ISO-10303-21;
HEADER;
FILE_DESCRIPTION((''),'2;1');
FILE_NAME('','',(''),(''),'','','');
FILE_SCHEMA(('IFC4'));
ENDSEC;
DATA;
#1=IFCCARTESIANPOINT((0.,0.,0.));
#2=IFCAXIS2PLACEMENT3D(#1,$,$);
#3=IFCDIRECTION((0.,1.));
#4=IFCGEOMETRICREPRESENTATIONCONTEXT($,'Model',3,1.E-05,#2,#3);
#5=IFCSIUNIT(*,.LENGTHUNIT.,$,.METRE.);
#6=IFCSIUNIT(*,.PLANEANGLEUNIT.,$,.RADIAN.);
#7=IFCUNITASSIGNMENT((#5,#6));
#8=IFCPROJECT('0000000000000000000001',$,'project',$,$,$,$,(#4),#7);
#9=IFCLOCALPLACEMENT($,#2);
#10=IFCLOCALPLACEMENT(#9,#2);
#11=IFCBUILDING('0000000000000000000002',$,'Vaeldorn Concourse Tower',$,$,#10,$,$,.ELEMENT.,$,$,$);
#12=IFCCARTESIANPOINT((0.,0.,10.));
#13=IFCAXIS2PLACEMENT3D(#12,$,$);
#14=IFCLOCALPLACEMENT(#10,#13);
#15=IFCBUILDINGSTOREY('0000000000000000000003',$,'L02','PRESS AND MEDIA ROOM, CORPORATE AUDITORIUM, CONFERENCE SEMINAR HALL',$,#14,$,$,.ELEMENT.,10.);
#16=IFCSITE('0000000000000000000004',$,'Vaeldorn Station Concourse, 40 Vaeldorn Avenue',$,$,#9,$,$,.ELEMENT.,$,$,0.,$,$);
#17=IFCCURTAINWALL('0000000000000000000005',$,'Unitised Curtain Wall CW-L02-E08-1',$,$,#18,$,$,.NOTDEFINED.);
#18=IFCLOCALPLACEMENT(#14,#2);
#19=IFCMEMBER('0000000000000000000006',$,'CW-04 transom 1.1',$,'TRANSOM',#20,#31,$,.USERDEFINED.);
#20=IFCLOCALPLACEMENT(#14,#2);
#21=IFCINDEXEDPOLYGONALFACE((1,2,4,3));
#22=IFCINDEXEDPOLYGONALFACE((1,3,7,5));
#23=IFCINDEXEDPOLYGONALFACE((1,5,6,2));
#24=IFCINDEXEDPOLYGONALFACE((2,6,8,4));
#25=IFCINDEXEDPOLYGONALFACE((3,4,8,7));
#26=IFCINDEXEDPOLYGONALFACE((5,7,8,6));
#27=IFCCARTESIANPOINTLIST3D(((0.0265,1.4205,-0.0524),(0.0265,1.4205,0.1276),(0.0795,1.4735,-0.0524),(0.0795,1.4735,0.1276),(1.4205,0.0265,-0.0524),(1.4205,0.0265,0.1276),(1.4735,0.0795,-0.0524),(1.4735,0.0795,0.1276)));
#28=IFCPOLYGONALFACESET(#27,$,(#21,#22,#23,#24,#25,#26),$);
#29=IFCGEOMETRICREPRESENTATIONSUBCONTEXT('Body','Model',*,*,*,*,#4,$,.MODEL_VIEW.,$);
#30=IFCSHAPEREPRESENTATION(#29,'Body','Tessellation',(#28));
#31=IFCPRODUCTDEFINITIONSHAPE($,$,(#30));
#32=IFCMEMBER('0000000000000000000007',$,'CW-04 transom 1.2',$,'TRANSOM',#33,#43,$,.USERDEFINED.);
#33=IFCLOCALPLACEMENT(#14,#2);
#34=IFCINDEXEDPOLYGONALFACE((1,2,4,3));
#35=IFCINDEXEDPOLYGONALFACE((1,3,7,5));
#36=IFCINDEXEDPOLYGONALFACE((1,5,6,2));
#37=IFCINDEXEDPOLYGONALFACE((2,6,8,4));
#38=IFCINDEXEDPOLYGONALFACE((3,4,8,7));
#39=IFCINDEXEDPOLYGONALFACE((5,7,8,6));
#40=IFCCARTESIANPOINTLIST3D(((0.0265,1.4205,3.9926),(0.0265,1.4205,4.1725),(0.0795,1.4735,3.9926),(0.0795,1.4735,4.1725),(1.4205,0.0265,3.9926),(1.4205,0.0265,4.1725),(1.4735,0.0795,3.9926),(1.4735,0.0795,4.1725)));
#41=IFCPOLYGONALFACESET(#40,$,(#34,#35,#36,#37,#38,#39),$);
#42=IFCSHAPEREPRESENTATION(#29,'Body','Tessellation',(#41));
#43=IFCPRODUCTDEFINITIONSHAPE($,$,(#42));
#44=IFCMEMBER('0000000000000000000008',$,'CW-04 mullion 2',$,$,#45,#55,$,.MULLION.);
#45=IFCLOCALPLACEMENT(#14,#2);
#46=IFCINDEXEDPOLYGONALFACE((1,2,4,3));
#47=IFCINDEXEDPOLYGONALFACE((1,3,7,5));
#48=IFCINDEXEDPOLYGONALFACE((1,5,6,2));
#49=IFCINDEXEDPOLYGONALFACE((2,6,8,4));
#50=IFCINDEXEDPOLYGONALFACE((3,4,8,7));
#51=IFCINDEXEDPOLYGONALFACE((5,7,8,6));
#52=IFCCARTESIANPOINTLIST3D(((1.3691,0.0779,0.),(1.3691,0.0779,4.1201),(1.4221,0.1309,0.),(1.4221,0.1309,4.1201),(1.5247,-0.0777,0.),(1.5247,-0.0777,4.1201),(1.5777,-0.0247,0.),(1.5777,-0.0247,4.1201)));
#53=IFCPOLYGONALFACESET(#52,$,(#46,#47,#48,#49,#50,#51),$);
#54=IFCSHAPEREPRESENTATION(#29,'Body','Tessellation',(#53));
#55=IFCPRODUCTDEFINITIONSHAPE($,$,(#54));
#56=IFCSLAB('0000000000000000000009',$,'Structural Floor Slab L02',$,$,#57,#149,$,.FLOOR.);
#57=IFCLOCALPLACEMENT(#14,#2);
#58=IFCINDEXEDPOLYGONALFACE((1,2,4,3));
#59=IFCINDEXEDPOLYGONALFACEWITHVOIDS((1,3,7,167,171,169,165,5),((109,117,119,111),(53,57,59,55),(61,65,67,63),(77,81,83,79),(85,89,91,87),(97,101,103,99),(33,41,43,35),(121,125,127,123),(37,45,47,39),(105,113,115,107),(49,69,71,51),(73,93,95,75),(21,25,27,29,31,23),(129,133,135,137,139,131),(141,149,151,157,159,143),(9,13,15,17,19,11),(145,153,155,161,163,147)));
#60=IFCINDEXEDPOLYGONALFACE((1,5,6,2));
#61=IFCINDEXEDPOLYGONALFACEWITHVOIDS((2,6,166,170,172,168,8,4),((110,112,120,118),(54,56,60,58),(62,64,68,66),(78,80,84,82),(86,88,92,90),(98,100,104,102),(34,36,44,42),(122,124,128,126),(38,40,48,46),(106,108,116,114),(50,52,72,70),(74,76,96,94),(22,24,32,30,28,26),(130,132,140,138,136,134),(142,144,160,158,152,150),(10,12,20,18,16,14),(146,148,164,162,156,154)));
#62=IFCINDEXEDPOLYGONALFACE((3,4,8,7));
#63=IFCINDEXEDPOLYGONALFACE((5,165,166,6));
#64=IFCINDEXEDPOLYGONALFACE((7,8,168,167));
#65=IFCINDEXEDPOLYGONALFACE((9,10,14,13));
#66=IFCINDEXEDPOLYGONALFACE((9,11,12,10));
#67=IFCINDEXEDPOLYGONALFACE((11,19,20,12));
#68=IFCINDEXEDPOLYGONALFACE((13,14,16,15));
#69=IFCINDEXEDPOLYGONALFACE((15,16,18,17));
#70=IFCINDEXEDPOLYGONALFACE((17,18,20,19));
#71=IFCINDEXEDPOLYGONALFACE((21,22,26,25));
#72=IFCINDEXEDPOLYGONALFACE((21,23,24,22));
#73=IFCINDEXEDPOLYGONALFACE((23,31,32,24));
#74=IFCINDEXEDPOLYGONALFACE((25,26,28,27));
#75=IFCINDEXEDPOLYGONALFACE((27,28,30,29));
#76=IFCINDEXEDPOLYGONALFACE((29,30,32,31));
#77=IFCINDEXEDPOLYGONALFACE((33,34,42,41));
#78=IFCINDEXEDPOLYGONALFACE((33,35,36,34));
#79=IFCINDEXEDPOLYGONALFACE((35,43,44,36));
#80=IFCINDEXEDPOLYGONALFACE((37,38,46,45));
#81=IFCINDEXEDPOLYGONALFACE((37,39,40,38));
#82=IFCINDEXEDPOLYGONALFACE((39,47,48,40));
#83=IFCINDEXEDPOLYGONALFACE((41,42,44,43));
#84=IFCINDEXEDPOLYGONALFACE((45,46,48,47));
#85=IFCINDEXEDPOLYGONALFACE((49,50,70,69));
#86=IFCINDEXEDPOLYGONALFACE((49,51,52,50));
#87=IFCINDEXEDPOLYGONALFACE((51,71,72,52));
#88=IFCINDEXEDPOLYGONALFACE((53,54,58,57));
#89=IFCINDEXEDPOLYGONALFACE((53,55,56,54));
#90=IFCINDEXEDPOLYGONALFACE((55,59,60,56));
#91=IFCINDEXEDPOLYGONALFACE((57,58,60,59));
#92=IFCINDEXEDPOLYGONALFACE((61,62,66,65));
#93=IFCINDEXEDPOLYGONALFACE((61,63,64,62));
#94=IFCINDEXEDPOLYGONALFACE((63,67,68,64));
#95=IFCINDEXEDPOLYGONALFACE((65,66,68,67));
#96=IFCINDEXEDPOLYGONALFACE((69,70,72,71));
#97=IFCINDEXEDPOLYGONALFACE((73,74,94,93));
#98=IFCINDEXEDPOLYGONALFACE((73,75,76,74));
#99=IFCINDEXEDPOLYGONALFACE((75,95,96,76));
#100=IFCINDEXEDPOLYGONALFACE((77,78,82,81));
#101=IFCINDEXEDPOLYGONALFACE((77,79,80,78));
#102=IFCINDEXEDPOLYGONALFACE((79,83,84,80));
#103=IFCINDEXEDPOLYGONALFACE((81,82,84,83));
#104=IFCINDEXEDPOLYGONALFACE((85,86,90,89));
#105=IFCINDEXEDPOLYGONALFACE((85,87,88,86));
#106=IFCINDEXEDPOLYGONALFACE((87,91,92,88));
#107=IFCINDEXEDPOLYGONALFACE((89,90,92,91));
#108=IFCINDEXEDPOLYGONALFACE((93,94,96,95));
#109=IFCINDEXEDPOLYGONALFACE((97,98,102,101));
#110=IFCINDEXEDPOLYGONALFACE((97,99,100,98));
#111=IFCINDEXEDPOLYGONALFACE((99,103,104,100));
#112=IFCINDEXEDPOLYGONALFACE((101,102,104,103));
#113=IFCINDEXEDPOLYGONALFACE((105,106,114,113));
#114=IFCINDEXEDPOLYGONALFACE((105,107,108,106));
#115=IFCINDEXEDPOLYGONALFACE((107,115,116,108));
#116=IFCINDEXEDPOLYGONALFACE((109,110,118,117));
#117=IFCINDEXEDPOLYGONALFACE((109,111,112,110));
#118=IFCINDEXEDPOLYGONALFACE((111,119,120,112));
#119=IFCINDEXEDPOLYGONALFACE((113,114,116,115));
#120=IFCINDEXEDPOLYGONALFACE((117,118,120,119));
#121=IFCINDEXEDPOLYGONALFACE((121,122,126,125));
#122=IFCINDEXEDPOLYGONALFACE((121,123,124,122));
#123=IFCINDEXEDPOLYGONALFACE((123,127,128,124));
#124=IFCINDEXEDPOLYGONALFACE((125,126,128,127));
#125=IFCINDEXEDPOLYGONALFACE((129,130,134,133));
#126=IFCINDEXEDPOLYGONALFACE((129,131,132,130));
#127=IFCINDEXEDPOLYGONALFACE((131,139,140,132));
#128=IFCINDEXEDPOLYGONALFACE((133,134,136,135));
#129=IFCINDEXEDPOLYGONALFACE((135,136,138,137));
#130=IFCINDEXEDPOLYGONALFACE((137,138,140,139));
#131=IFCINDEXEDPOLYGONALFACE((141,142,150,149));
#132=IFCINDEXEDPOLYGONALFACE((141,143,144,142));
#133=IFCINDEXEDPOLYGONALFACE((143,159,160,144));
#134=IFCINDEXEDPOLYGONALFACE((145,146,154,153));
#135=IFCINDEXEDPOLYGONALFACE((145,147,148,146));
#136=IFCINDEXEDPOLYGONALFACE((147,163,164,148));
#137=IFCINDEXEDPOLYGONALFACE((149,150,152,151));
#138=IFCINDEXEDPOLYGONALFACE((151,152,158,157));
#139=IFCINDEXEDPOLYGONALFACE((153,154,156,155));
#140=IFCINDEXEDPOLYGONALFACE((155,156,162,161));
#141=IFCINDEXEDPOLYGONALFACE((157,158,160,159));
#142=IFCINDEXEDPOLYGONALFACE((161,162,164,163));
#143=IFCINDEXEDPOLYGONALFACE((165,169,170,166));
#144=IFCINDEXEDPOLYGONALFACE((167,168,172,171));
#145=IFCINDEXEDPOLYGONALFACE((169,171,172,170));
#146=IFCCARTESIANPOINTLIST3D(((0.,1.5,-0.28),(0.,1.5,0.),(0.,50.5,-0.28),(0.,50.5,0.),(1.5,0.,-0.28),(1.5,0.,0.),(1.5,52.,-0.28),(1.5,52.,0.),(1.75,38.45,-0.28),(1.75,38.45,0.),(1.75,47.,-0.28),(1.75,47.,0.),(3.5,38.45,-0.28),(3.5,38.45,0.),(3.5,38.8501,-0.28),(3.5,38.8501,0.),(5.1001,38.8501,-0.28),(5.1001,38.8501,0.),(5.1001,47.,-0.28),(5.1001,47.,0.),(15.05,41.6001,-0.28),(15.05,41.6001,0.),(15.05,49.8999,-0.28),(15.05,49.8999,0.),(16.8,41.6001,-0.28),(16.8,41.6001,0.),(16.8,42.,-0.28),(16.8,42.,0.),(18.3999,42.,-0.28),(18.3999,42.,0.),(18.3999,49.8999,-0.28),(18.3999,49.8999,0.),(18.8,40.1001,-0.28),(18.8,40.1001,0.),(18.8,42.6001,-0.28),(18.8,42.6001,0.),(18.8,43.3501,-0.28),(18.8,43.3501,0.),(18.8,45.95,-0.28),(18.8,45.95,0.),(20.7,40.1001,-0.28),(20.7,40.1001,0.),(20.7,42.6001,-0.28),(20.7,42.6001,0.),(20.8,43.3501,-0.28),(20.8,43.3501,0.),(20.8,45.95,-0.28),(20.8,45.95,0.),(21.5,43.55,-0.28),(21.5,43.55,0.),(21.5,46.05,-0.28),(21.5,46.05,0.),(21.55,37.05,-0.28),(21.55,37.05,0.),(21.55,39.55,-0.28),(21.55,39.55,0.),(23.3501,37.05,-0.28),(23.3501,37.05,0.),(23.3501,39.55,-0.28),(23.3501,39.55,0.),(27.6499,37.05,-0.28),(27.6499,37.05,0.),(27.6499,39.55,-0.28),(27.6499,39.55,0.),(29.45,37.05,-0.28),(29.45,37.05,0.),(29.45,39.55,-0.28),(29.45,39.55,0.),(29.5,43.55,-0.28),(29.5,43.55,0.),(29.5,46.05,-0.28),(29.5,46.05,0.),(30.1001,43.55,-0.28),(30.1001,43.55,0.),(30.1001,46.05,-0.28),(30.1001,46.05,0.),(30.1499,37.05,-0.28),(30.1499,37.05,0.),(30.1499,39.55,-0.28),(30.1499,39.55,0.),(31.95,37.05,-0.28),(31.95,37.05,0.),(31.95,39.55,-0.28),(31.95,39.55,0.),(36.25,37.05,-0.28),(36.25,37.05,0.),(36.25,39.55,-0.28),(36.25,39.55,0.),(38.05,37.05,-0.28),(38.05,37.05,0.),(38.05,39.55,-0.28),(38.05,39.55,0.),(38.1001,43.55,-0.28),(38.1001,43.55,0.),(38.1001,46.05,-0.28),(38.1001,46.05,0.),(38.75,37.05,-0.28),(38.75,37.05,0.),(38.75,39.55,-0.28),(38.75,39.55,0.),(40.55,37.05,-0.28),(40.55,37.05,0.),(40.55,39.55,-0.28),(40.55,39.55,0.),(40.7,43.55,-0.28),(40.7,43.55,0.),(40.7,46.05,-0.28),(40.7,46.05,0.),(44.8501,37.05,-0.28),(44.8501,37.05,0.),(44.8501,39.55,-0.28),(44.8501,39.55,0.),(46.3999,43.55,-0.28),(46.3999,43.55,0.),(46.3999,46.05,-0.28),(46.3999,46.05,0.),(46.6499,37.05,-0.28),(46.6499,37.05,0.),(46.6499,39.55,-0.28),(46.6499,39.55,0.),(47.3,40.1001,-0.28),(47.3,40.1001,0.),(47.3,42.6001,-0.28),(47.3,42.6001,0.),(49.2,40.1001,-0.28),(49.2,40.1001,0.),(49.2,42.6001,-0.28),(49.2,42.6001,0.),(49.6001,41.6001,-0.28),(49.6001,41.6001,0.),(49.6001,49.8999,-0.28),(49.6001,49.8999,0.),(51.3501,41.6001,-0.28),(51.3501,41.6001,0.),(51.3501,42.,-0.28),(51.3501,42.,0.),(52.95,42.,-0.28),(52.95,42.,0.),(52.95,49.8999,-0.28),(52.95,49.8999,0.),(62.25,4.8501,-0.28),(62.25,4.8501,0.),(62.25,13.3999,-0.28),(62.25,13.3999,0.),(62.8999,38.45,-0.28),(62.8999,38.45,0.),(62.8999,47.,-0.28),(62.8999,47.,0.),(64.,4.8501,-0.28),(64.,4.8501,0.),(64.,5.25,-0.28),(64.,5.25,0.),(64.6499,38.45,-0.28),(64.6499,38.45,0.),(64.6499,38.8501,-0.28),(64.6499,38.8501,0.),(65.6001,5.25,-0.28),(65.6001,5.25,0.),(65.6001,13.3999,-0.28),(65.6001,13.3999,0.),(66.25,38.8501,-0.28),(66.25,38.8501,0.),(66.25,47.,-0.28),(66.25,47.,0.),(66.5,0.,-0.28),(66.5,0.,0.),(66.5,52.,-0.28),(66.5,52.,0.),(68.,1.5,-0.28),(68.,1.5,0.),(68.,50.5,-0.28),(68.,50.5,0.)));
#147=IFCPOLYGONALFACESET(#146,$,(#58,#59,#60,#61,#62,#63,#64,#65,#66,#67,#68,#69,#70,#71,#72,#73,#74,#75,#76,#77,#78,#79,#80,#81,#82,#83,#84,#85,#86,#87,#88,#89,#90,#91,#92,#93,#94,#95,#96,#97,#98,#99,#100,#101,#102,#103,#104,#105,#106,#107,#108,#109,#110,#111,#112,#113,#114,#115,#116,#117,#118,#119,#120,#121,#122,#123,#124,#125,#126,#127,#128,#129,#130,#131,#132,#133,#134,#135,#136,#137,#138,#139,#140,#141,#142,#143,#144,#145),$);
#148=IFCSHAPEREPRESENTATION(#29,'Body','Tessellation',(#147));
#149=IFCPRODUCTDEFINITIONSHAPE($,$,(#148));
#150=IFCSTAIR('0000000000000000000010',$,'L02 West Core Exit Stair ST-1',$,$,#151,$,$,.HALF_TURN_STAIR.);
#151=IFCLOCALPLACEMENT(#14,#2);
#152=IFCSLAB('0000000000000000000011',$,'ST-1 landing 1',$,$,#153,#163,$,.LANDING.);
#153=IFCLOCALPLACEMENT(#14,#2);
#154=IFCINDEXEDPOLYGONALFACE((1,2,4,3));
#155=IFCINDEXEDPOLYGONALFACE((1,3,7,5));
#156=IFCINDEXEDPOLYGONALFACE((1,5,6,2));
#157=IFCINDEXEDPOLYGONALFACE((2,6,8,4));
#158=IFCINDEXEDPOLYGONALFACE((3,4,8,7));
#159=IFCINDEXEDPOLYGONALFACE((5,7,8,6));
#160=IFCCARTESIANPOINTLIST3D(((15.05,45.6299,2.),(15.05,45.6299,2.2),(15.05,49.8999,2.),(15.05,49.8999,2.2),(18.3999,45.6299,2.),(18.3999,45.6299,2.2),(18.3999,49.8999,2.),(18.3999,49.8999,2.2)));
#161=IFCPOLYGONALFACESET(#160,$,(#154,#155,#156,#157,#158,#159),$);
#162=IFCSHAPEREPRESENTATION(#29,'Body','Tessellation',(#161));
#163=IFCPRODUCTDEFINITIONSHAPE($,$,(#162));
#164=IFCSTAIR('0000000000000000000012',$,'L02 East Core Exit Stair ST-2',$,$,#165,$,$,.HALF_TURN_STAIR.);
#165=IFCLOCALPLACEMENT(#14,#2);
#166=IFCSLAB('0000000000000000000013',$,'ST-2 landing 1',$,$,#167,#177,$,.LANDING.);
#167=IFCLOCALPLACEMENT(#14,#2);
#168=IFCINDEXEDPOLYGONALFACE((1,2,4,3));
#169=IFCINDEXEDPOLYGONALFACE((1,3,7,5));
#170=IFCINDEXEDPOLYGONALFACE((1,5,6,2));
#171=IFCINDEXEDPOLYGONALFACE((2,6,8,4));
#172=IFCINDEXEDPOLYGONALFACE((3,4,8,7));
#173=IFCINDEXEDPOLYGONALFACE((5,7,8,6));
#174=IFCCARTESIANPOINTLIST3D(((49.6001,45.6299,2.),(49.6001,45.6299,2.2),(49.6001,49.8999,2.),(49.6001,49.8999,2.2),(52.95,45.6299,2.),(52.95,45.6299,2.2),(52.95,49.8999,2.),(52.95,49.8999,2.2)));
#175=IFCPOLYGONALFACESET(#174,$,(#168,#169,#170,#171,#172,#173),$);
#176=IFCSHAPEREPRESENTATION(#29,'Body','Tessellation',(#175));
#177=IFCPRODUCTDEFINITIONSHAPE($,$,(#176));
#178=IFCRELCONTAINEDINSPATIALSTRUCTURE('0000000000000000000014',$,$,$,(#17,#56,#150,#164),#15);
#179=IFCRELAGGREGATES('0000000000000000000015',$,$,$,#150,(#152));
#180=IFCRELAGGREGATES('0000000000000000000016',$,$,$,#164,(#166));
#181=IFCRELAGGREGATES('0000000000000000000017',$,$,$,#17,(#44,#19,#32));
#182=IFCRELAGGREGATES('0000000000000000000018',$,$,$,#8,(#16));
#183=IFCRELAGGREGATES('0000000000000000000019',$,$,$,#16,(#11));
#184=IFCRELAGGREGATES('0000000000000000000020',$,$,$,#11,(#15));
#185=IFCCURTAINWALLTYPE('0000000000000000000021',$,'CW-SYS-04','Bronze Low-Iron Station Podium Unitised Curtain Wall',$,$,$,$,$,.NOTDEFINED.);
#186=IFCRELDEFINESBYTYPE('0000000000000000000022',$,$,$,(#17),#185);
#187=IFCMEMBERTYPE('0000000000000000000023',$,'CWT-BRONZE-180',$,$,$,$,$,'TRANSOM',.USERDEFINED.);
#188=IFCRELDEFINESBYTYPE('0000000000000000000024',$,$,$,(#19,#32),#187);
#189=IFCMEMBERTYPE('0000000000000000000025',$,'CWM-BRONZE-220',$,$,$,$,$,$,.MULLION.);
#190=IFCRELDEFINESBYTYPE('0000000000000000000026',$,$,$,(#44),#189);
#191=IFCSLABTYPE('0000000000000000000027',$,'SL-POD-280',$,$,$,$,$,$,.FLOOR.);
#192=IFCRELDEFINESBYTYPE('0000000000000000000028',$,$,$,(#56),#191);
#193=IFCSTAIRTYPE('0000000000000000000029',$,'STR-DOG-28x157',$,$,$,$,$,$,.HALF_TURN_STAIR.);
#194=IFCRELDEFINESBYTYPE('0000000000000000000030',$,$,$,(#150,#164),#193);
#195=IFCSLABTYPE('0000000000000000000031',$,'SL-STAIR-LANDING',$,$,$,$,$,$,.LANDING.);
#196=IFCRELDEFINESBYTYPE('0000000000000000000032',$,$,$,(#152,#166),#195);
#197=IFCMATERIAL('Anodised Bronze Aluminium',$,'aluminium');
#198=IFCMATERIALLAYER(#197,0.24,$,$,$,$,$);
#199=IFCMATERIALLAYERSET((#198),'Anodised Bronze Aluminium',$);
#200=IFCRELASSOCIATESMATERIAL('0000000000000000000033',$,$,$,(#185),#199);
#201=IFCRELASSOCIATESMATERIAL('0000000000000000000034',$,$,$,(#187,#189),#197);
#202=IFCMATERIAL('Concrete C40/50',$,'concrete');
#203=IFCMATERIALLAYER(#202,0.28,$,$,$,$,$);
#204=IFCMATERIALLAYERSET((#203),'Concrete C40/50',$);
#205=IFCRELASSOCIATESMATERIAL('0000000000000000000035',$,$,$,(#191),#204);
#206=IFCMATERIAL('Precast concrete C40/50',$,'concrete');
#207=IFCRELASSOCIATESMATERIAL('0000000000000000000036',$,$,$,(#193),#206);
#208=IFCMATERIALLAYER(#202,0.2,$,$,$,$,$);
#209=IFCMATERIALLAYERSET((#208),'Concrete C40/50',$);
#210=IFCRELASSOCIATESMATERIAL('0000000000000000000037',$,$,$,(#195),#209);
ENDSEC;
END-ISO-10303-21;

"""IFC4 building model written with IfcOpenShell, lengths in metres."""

from ifc_helpers import new_model, si_unit, direction, frame, origin, origin_2d, place, context, subcontext, project, spatial, polyline, rectangle, outline, extrude, source, transform, mapped, material, layer, layer_set, material_profile, profile_set, type_object, element, aggregate, save


model = new_model("IFC4")

# Units and contexts
model_context = context("Model", 3, precision=1e-05, world=origin(), true_north=direction((0.0, 1.0)))
body_context = subcontext(model_context, "Body", "Model", "MODEL_VIEW")
ifc_project = project(units=[si_unit("LENGTHUNIT", "METRE"), si_unit("PLANEANGLEUNIT", "RADIAN")], contexts=[model_context])

# Site, building, storey
site_placement = place(None, origin())
site = spatial("IfcSite", under=ifc_project, at=site_placement, Name="Vaeldorn Station Concourse, 40 Vaeldorn Avenue", CompositionType="ELEMENT", RefElevation=0.0)
building_placement = place(site_placement, origin())
building = spatial("IfcBuilding", under=site, at=building_placement, Name="Vaeldorn Concourse Tower", CompositionType="ELEMENT")
storey_placement = place(building_placement, frame((0.0, 0.0, 10.0)))
storey = spatial("IfcBuildingStorey", under=building, at=storey_placement, Name="L02", Description="PRESS AND MEDIA ROOM, CORPORATE AUDITORIUM, CONFERENCE SEMINAR HALL", CompositionType="ELEMENT", Elevation=10.0)

# Curtain wall, members
ifc_material_1 = material(Name="Anodised Bronze Aluminium", Category="aluminium")
ifc_layer_1 = layer(ifc_material_1, 0.24)
ifc_layer_set_1 = layer_set([ifc_layer_1], Name="Anodised Bronze Aluminium")
curtain_wall_type = type_object("IfcCurtainWallType", Name="CW-SYS-04", Description="Bronze Low-Iron Station Podium Unitised Curtain Wall", PredefinedType="NOTDEFINED", material=ifc_layer_set_1)
curtain_wall_placement = place(storey_placement, origin())
curtain_wall = element("IfcCurtainWall", 1, at=curtain_wall_placement, inside=storey, type_object=curtain_wall_type, Name="Unitised Curtain Wall CW-L02-E08-1", PredefinedType="NOTDEFINED")
ifc_material_profile_1 = material_profile(ifc_material_1, rectangle(XDim=0.075, YDim=0.1799, at=origin_2d()), Name="CWT 75x180")
ifc_profile_set_1 = profile_set([ifc_material_profile_1], Name="Anodised Bronze Aluminium")
member_type_1 = type_object("IfcMemberType", Name="CWT-BRONZE-180", ElementType="TRANSOM", PredefinedType="USERDEFINED", material=ifc_profile_set_1)
shared_shape_1 = source(origin(), body_context, "Body", "SweptSolid", [
    extrude(rectangle(XDim=0.075, YDim=0.1799, at=origin_2d()), origin(), (0.0, 0.0, 1.0), 1.9714),
])
member_1_placement = place(storey_placement, frame((0.053, 1.447, 0.0376), z_axis=(0.707107, -0.707107, 0.0), x_axis=(0.707107, 0.707107, 0.0)))
member_1 = element("IfcMember", 2, at=member_1_placement, type_object=member_type_1, Name="CW-04 transom 1.1", ObjectType="TRANSOM", PredefinedType="USERDEFINED", context=body_context, shape_type="MappedRepresentation", body=[
    mapped(shared_shape_1, transform((0.0, 0.0, 0.0), scale=1.0)),
])
member_2_placement = place(storey_placement, frame((0.053, 1.447, 4.0825), z_axis=(0.707107, -0.707107, 0.0), x_axis=(0.707107, 0.707107, 0.0)))
member_2 = element("IfcMember", 3, at=member_2_placement, type_object=member_type_1, Name="CW-04 transom 1.2", ObjectType="TRANSOM", PredefinedType="USERDEFINED", context=body_context, shape_type="MappedRepresentation", body=[
    mapped(shared_shape_1, transform((0.0, 0.0, 0.0), scale=1.0)),
])
ifc_material_profile_2 = material_profile(ifc_material_1, rectangle(XDim=0.075, YDim=0.22, at=origin_2d()), Name="CWM 75x220")
ifc_profile_set_2 = profile_set([ifc_material_profile_2], Name="Anodised Bronze Aluminium")
member_type_2 = type_object("IfcMemberType", Name="CWM-BRONZE-220", PredefinedType="MULLION", material=ifc_profile_set_2)
shared_shape_2 = source(origin(), body_context, "Body", "SweptSolid", [
    extrude(rectangle(XDim=0.075, YDim=0.22, at=origin_2d()), origin(), (0.0, 0.0, 1.0), 4.1201),
])
member_3_placement = place(storey_placement, frame((1.4734, 0.0266, 0.0), z_axis=(0.0, 0.0, 1.0), x_axis=(0.707107, 0.707107, 0.0)))
member_3 = element("IfcMember", 4, at=member_3_placement, type_object=member_type_2, Name="CW-04 mullion 2", PredefinedType="MULLION", context=body_context, shape_type="MappedRepresentation", body=[
    mapped(shared_shape_2, transform((0.0, 0.0, 0.0), scale=1.0)),
])

# Slab
ifc_material_2 = material(Name="Concrete C40/50", Category="concrete")
ifc_layer_2 = layer(ifc_material_2, 0.28)
ifc_layer_set_2 = layer_set([ifc_layer_2], Name="Concrete C40/50")
slab_type_1 = type_object("IfcSlabType", Name="SL-POD-280", PredefinedType="FLOOR", material=ifc_layer_set_2)
slab_1_placement = place(storey_placement, frame((0.0, 0.0, -0.28)))
element("IfcSlab", 5, at=slab_1_placement, inside=storey, type_object=slab_type_1, Name="Structural Floor Slab L02", PredefinedType="FLOOR", context=body_context, shape_type="SweptSolid", body=[
    extrude(outline(polyline([(1.5, 0.0), (66.5, 0.0), (68.0, 1.5), (68.0, 50.5), (66.5, 52.0), (1.5, 52.0), (0.0, 50.5), (0.0, 1.5), (1.5, 0.0)]), holes=[polyline([(18.3999, 42.0), (18.3999, 49.8999), (15.05, 49.8999), (15.05, 41.6001), (16.8, 41.6001), (16.8, 42.0), (18.3999, 42.0)]), polyline([(52.95, 42.0), (52.95, 49.8999), (49.6001, 49.8999), (49.6001, 41.6001), (51.3501, 41.6001), (51.3501, 42.0), (52.95, 42.0)]), polyline([(5.1001, 38.8501), (5.1001, 47.0), (1.75, 47.0), (1.75, 38.45), (3.5, 38.45), (3.5, 38.8501), (5.1001, 38.8501)]), polyline([(66.25, 38.8501), (66.25, 47.0), (62.8999, 47.0), (62.8999, 38.45), (64.6499, 38.45), (64.6499, 38.8501), (66.25, 38.8501)]), polyline([(65.6001, 5.25), (65.6001, 13.3999), (62.25, 13.3999), (62.25, 4.8501), (64.0, 4.8501), (64.0, 5.25), (65.6001, 5.25)]), polyline([(21.55, 37.05), (23.3501, 37.05), (23.3501, 39.55), (21.55, 39.55), (21.55, 37.05)]), polyline([(27.6499, 37.05), (29.45, 37.05), (29.45, 39.55), (27.6499, 39.55), (27.6499, 37.05)]), polyline([(21.5, 43.55), (29.5, 43.55), (29.5, 46.05), (21.5, 46.05), (21.5, 43.55)]), polyline([(30.1499, 37.05), (31.95, 37.05), (31.95, 39.55), (30.1499, 39.55), (30.1499, 37.05)]), polyline([(36.25, 37.05), (38.05, 37.05), (38.05, 39.55), (36.25, 39.55), (36.25, 37.05)]), polyline([(30.1001, 43.55), (38.1001, 43.55), (38.1001, 46.05), (30.1001, 46.05), (30.1001, 43.55)]), polyline([(38.75, 37.05), (40.55, 37.05), (40.55, 39.55), (38.75, 39.55), (38.75, 37.05)]), polyline([(44.8501, 37.05), (46.6499, 37.05), (46.6499, 39.55), (44.8501, 39.55), (44.8501, 37.05)]), polyline([(40.7, 43.55), (46.3999, 43.55), (46.3999, 46.05), (40.7, 46.05), (40.7, 43.55)]), polyline([(18.8, 43.3501), (20.8, 43.3501), (20.8, 45.95), (18.8, 45.95), (18.8, 43.3501)]), polyline([(18.8, 40.1001), (20.7, 40.1001), (20.7, 42.6001), (18.8, 42.6001), (18.8, 40.1001)]), polyline([(47.3, 40.1001), (49.2, 40.1001), (49.2, 42.6001), (47.3, 42.6001), (47.3, 40.1001)])]), origin(), (0.0, 0.0, 1.0), 0.28),
])

# Stairs, slabs
ifc_material_3 = material(Name="Precast concrete C40/50", Category="concrete")
stair_type = type_object("IfcStairType", Name="STR-DOG-28x157", PredefinedType="HALF_TURN_STAIR", material=ifc_material_3)
stair_1_placement = place(storey_placement, origin())
stair_1 = element("IfcStair", 6, at=stair_1_placement, inside=storey, type_object=stair_type, Name="L02 West Core Exit Stair ST-1", PredefinedType="HALF_TURN_STAIR")
ifc_layer_3 = layer(ifc_material_2, 0.2)
ifc_layer_set_3 = layer_set([ifc_layer_3], Name="Concrete C40/50")
slab_type_2 = type_object("IfcSlabType", Name="SL-STAIR-LANDING", PredefinedType="LANDING", material=ifc_layer_set_3)
slab_2_placement = place(storey_placement, frame((0.0, 0.0, 2.0)))
slab_2 = element("IfcSlab", 7, at=slab_2_placement, type_object=slab_type_2, Name="ST-1 landing 1", PredefinedType="LANDING", context=body_context, shape_type="SweptSolid", body=[
    extrude(outline(polyline([(18.3999, 45.6299), (18.3999, 49.8999), (15.05, 49.8999), (15.05, 45.6299), (18.3999, 45.6299)])), origin(), (0.0, 0.0, 1.0), 0.2),
])
aggregate(stair_1, [slab_2])
stair_2_placement = place(storey_placement, origin())
stair_2 = element("IfcStair", 8, at=stair_2_placement, inside=storey, type_object=stair_type, Name="L02 East Core Exit Stair ST-2", PredefinedType="HALF_TURN_STAIR")
slab_3_placement = place(storey_placement, frame((0.0, 0.0, 2.0)))
slab_3 = element("IfcSlab", 9, at=slab_3_placement, type_object=slab_type_2, Name="ST-2 landing 1", PredefinedType="LANDING", context=body_context, shape_type="SweptSolid", body=[
    extrude(outline(polyline([(52.95, 45.6299), (52.95, 49.8999), (49.6001, 49.8999), (49.6001, 45.6299), (52.95, 45.6299)])), origin(), (0.0, 0.0, 1.0), 0.2),
])
aggregate(stair_2, [slab_3])

aggregate(curtain_wall, [member_3, member_1, member_2])

save(model, "model.ifc")
